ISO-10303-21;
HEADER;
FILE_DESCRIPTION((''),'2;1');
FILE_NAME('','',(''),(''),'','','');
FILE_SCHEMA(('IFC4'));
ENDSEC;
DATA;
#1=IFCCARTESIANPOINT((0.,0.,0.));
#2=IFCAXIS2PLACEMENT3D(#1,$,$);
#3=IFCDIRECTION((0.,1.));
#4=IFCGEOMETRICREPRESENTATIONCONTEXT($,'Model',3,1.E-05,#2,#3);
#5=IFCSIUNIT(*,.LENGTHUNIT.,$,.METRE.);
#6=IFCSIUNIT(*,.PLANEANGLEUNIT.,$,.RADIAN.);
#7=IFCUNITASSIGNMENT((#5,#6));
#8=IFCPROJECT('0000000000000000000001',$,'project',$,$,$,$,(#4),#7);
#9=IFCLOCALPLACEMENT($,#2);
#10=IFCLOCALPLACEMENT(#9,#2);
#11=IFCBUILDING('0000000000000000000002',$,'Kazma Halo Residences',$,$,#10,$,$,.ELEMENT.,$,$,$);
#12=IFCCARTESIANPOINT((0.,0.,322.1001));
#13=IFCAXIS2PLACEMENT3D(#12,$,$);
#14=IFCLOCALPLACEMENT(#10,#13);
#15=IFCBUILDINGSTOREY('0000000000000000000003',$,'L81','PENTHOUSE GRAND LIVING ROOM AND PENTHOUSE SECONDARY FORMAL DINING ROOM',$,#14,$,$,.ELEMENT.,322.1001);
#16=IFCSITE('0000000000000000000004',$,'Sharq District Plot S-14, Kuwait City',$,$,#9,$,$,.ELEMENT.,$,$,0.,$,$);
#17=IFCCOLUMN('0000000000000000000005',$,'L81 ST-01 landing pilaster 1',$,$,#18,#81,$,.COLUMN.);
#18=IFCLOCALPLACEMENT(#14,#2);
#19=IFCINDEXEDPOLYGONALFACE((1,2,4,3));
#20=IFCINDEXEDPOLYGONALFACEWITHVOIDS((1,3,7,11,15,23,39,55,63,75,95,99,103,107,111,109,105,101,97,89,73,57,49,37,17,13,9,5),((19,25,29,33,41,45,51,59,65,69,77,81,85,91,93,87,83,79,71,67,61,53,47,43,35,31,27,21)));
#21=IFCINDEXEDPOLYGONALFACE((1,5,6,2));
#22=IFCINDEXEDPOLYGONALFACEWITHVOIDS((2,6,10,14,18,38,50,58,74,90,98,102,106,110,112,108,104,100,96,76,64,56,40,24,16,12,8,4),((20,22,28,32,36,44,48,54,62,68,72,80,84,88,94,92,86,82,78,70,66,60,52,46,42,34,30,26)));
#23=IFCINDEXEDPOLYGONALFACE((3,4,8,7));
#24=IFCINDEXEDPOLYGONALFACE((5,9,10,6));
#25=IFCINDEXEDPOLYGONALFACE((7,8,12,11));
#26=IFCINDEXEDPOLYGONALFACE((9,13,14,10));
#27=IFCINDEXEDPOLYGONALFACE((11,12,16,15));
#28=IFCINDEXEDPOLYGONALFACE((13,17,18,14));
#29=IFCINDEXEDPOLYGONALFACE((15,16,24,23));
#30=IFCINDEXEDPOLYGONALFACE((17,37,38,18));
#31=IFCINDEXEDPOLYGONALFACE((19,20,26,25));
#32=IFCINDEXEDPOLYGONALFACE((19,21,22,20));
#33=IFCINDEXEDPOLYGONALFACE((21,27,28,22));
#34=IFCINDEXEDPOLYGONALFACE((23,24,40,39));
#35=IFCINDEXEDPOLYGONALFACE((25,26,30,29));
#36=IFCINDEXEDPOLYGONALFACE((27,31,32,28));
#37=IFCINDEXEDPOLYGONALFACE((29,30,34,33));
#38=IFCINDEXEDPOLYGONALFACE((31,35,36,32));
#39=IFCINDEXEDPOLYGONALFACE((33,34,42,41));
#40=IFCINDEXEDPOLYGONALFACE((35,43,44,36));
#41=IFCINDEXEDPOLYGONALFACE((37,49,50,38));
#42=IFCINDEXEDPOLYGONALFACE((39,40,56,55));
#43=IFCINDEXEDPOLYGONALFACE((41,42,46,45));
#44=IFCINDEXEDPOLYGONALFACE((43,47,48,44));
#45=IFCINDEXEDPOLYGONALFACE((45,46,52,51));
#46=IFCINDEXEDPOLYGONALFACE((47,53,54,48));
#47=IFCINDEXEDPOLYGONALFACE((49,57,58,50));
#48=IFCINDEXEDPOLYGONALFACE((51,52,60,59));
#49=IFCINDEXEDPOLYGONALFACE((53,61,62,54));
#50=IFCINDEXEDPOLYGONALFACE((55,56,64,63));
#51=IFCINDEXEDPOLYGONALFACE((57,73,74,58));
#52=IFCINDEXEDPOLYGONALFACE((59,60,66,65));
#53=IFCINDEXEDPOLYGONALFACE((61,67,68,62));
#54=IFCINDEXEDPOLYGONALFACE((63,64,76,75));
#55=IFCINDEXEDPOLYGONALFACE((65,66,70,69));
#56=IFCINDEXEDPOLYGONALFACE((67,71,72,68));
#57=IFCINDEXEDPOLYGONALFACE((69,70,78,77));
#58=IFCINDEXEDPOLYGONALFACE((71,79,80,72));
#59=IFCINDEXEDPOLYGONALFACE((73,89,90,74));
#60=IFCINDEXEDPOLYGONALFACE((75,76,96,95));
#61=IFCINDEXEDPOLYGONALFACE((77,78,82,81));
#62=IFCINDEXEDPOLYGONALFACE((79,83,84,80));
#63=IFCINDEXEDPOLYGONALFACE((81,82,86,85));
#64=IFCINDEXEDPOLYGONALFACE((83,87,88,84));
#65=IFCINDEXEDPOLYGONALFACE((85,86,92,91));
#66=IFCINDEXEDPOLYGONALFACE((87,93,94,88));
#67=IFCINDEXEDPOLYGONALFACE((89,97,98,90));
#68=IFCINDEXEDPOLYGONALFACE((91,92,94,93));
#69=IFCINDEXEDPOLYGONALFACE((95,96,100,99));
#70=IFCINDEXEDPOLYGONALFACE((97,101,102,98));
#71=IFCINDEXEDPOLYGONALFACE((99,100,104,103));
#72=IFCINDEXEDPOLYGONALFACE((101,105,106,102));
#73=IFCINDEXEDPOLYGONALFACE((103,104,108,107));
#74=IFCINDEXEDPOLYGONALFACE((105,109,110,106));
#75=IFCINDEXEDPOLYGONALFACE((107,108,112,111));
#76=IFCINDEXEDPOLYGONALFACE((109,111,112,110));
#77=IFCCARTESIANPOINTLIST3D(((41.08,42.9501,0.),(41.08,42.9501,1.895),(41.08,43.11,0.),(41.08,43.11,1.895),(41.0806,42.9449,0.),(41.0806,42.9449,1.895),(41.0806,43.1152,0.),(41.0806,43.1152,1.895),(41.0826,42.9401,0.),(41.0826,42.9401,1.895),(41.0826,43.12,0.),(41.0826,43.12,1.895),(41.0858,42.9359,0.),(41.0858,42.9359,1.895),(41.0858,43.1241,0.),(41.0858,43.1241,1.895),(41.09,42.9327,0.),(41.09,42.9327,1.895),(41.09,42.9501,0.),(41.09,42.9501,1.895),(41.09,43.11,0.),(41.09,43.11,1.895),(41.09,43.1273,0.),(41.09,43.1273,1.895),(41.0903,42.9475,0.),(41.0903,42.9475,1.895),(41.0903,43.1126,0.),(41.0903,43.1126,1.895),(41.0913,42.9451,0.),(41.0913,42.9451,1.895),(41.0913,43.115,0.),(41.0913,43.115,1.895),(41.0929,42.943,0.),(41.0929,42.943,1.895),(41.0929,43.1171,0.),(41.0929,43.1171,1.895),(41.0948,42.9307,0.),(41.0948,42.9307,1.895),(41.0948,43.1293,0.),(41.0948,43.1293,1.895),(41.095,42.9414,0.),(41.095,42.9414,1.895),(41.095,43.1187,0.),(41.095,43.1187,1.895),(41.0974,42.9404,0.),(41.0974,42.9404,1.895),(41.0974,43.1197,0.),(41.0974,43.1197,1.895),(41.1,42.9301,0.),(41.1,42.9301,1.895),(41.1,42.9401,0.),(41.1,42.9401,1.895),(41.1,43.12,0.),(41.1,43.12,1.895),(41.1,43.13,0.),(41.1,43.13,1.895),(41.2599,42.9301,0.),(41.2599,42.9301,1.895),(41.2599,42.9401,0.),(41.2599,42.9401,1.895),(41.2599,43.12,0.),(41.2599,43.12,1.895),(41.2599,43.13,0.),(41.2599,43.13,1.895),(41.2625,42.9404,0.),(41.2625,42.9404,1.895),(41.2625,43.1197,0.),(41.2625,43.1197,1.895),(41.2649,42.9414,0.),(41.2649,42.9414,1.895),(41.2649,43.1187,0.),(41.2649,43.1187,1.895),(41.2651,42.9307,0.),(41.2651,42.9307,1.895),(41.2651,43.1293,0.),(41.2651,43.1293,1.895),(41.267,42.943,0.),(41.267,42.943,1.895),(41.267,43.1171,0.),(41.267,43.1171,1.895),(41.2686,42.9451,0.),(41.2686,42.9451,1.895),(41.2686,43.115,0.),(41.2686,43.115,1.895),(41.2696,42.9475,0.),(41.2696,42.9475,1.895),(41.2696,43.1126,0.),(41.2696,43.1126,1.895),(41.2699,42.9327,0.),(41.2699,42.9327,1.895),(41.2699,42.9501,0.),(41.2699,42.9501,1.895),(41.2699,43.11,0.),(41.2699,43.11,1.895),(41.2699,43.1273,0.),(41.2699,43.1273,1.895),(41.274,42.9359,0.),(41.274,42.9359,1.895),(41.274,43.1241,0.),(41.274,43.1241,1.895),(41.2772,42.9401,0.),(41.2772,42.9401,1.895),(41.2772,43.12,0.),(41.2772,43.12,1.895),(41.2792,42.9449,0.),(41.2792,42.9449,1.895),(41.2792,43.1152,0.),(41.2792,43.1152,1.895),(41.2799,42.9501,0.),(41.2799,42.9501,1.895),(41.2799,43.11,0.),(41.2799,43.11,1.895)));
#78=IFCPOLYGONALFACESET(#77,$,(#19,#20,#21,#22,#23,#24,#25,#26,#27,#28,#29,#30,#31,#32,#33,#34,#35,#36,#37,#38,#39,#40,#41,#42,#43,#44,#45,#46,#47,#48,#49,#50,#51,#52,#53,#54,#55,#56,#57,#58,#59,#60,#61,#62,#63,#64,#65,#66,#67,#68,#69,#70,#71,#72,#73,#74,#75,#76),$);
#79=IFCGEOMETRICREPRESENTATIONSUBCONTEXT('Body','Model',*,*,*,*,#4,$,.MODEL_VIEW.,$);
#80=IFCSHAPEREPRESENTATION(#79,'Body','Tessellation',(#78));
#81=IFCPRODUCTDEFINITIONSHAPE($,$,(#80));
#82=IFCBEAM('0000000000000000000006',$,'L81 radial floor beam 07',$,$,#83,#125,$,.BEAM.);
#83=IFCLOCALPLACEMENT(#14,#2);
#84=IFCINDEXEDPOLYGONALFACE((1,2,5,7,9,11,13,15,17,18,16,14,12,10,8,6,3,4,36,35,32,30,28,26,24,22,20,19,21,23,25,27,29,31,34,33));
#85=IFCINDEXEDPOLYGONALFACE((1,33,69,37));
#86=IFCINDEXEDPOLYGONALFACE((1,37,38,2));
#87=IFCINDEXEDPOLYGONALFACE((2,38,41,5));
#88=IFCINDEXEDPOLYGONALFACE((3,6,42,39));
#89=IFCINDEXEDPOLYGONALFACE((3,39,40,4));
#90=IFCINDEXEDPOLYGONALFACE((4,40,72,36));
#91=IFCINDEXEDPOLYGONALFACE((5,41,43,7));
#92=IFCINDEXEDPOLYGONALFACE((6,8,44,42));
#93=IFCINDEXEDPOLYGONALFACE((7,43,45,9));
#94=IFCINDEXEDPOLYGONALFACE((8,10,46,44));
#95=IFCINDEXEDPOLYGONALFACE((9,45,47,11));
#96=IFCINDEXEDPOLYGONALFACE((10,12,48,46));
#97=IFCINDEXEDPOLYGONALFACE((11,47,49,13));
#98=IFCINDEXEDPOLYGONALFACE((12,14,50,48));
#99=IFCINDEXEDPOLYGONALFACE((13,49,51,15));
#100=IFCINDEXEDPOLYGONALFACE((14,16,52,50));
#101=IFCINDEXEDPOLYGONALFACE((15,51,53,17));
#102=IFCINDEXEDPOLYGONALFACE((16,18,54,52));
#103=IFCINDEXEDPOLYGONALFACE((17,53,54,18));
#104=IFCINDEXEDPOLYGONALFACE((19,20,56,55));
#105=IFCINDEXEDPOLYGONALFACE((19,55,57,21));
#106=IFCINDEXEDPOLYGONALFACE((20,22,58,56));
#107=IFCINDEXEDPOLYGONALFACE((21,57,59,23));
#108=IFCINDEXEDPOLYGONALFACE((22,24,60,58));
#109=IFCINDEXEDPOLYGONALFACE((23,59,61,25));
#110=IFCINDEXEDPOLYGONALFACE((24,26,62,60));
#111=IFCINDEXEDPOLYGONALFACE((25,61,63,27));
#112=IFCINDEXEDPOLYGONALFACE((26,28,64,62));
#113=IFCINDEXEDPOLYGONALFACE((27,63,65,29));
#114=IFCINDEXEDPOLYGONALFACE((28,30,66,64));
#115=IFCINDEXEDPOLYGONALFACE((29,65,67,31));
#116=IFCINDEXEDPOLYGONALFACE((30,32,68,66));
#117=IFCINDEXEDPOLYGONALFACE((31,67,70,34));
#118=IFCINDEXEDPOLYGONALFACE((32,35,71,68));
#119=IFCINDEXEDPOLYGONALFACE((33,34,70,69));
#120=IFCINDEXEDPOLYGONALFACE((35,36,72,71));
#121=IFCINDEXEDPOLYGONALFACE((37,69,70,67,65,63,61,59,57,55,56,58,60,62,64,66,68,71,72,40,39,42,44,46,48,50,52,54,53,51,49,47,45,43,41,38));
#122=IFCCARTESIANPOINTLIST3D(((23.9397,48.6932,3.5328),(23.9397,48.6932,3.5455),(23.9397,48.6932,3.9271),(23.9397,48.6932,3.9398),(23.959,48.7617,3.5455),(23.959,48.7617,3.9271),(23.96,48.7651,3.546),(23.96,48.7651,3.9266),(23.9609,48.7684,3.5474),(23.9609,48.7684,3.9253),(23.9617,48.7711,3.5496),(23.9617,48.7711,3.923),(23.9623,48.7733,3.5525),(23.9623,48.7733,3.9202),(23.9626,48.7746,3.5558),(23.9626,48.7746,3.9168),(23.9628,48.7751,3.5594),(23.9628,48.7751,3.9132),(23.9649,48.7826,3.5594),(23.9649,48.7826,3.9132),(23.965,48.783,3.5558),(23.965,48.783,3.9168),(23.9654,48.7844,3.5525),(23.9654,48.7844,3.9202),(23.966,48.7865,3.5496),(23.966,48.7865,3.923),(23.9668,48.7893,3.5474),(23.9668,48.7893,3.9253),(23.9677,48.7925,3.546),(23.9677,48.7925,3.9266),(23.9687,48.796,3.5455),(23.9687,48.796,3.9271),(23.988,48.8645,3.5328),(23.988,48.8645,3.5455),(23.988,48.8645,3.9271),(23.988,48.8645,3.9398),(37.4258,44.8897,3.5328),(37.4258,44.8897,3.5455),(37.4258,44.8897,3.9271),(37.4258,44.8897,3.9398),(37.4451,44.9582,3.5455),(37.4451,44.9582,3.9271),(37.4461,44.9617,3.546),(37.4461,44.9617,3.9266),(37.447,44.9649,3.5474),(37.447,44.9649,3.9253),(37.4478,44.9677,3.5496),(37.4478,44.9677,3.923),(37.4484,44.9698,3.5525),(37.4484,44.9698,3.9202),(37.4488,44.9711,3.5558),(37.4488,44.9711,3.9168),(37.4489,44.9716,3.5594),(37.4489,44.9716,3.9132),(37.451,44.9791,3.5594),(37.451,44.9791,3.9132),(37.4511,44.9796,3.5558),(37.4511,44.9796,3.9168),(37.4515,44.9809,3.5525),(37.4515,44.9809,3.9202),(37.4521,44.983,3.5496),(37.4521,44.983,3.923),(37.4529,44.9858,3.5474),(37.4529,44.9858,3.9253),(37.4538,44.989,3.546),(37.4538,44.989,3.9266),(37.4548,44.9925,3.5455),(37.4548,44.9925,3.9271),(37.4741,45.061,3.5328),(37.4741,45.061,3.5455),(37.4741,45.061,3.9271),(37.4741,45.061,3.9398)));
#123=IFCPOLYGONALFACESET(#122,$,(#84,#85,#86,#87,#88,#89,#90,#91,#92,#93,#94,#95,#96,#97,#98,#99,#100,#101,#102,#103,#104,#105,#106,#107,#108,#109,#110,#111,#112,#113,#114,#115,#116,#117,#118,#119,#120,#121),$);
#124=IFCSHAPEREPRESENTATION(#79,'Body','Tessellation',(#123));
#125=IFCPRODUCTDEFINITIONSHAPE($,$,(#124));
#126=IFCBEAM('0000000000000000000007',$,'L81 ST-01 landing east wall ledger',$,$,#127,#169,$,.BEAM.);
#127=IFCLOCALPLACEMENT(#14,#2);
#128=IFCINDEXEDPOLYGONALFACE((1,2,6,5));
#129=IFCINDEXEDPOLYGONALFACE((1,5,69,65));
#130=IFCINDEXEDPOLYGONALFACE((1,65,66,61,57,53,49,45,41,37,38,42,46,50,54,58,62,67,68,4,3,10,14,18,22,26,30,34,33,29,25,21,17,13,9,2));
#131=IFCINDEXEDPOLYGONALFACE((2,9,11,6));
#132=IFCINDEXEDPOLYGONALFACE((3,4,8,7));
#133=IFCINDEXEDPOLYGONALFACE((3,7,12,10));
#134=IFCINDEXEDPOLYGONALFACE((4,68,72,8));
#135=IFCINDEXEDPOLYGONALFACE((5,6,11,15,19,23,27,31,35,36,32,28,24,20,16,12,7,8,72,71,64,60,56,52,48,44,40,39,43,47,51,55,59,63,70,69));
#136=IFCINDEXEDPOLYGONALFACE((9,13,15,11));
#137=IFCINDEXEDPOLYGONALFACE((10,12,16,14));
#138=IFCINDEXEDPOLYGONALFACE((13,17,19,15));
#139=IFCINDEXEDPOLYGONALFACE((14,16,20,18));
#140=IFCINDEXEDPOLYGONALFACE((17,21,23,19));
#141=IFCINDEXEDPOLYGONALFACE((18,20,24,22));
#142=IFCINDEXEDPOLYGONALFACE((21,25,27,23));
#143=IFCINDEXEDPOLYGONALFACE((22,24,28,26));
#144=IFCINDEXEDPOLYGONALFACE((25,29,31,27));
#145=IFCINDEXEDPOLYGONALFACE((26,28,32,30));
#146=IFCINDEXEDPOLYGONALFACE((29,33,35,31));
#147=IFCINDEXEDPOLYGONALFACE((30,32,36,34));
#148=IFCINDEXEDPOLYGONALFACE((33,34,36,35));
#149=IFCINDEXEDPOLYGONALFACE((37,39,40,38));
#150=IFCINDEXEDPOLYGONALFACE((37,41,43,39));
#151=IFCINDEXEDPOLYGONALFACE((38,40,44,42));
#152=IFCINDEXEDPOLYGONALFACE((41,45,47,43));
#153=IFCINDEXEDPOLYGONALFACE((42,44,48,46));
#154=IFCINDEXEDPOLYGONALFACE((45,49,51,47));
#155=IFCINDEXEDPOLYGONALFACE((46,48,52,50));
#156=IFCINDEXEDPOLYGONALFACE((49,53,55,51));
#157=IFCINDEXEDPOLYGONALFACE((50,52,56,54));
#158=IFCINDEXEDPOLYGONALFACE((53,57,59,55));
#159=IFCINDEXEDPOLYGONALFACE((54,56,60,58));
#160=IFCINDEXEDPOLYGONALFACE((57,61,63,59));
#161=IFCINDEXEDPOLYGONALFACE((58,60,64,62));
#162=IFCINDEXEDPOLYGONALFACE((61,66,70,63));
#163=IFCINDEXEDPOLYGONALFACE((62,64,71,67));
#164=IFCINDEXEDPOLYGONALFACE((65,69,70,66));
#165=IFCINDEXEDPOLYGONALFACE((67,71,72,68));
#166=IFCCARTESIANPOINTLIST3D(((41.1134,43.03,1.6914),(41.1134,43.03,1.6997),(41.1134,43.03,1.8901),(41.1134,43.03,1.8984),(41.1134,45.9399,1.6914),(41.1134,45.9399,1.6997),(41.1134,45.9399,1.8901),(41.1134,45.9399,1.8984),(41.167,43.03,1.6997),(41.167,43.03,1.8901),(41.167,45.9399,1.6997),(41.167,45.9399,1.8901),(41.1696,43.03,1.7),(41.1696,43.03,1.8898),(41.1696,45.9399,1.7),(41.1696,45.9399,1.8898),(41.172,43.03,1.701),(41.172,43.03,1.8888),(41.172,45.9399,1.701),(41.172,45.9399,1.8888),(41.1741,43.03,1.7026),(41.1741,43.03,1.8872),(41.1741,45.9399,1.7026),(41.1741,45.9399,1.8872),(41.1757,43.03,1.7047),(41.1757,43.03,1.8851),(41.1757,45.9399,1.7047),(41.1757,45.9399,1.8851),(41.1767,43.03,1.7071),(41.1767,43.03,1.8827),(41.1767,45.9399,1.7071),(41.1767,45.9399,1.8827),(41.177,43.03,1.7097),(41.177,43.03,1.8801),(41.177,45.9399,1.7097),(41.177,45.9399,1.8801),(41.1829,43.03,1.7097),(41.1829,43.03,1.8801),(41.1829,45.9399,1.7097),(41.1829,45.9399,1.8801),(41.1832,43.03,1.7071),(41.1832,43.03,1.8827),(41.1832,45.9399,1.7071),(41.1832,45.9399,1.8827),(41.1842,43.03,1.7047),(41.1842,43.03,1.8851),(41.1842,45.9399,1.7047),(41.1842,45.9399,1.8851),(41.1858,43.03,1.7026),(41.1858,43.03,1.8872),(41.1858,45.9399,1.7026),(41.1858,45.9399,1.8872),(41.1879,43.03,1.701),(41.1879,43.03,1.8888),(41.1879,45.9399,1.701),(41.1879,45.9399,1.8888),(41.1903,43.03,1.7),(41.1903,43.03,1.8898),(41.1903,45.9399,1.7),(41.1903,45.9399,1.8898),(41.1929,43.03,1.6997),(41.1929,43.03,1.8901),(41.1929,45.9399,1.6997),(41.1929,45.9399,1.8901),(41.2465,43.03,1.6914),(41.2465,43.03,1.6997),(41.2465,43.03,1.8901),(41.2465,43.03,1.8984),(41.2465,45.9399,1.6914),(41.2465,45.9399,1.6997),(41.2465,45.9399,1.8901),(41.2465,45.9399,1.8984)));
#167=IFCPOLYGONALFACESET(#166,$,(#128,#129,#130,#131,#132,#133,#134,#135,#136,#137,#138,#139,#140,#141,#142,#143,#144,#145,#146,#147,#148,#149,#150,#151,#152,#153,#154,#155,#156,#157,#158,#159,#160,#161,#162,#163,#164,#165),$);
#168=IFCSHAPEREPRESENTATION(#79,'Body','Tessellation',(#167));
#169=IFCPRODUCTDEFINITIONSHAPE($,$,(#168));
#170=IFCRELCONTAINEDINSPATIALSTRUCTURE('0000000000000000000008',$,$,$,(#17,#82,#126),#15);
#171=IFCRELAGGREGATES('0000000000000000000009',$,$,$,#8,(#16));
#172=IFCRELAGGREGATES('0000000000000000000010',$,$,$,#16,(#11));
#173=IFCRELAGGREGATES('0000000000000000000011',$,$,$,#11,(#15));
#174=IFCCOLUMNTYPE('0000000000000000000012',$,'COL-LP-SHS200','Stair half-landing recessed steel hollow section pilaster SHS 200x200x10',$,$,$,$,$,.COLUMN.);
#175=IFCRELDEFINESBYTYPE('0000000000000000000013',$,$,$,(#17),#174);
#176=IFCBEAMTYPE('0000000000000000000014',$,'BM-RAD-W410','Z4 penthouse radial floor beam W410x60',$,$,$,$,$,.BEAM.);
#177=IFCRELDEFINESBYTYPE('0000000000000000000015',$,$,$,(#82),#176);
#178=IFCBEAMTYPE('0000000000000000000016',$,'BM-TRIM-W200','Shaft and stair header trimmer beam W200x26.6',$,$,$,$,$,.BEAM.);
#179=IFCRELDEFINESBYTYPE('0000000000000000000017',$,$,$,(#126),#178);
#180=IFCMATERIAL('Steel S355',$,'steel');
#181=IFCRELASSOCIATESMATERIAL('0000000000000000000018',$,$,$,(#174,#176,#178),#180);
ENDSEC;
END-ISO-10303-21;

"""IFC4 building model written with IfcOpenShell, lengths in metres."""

from ifc_helpers import new_model, si_unit, direction, frame, origin, origin_2d, place, context, subcontext, project, spatial, hollow_rectangle, i_section, extrude, material, material_profile, profile_set, type_object, element, save


model = new_model("IFC4")

# Units and contexts
model_context = context("Model", 3, precision=1e-05, world=origin(), true_north=direction((0.0, 1.0)))
body_context = subcontext(model_context, "Body", "Model", "MODEL_VIEW")
ifc_project = project(units=[si_unit("LENGTHUNIT", "METRE"), si_unit("PLANEANGLEUNIT", "RADIAN")], contexts=[model_context])

# Site, building, storey
site_placement = place(None, origin())
site = spatial("IfcSite", under=ifc_project, at=site_placement, Name="Sharq District Plot S-14, Kuwait City", CompositionType="ELEMENT", RefElevation=0.0)
building_placement = place(site_placement, origin())
building = spatial("IfcBuilding", under=site, at=building_placement, Name="Kazma Halo Residences", CompositionType="ELEMENT")
storey_placement = place(building_placement, frame((0.0, 0.0, 322.1001)))
storey = spatial("IfcBuildingStorey", under=building, at=storey_placement, Name="L81", Description="PENTHOUSE GRAND LIVING ROOM AND PENTHOUSE SECONDARY FORMAL DINING ROOM", CompositionType="ELEMENT", Elevation=322.1001)

# Column
ifc_material_1 = material(Name="Steel S355", Category="steel")
ifc_material_profile_1 = material_profile(ifc_material_1, hollow_rectangle(XDim=0.2, YDim=0.2, WallThickness=0.01, InnerFilletRadius=0.01, OuterFilletRadius=0.02, at=origin_2d()), Name="SHS200x200x10")
ifc_profile_set_1 = profile_set([ifc_material_profile_1], Name="Steel S355")
column_type = type_object("IfcColumnType", Name="COL-LP-SHS200", Description="Stair half-landing recessed steel hollow section pilaster SHS 200x200x10", PredefinedType="COLUMN", material=ifc_profile_set_1)
column_placement = place(storey_placement, frame((41.1799, 43.03, 0.0), z_axis=(0.0, 0.0, 1.0), x_axis=(1.0, 0.0, 0.0)))
element("IfcColumn", 1, at=column_placement, inside=storey, type_object=column_type, Name="L81 ST-01 landing pilaster 1", PredefinedType="COLUMN", context=body_context, shape_type="SweptSolid", body=[
    extrude(hollow_rectangle(XDim=0.2, YDim=0.2, WallThickness=0.01, InnerFilletRadius=0.01, OuterFilletRadius=0.02, at=origin_2d()), origin(), (0.0, 0.0, 1.0), 1.895),
])

# Beams
ifc_material_profile_2 = material_profile(ifc_material_1, i_section(OverallWidth=0.178, OverallDepth=0.407, WebThickness=0.0078, FlangeThickness=0.0127, FilletRadius=0.0139, at=origin_2d()), Name="W410x60")
ifc_profile_set_2 = profile_set([ifc_material_profile_2], Name="Steel S355")
beam_type_1 = type_object("IfcBeamType", Name="BM-RAD-W410", Description="Z4 penthouse radial floor beam W410x60", PredefinedType="BEAM", material=ifc_profile_set_2)
beam_1_placement = place(storey_placement, frame((37.45, 44.9753, 3.7363), z_axis=(-0.962455, 0.27144, 0.0), x_axis=(-0.27144, -0.962455, 0.0)))
element("IfcBeam", 2, at=beam_1_placement, inside=storey, type_object=beam_type_1, Name="L81 radial floor beam 07", PredefinedType="BEAM", context=body_context, shape_type="SweptSolid", body=[
    extrude(i_section(OverallWidth=0.178, OverallDepth=0.407, WebThickness=0.0078, FlangeThickness=0.0127, FilletRadius=0.0139, at=origin_2d()), origin(), (0.0, 0.0, 1.0), 14.0122),
])
ifc_material_profile_3 = material_profile(ifc_material_1, i_section(OverallWidth=0.1331, OverallDepth=0.207, WebThickness=0.0059, FlangeThickness=0.0083, FilletRadius=0.01, at=origin_2d()), Name="W200x26.6")
ifc_profile_set_3 = profile_set([ifc_material_profile_3], Name="Steel S355")
beam_type_2 = type_object("IfcBeamType", Name="BM-TRIM-W200", Description="Shaft and stair header trimmer beam W200x26.6", PredefinedType="BEAM", material=ifc_profile_set_3)
beam_2_placement = place(storey_placement, frame((41.1799, 43.03, 1.7949), z_axis=(0.0, 1.0, 0.0), x_axis=(-1.0, 0.0, 0.0)))
element("IfcBeam", 3, at=beam_2_placement, inside=storey, type_object=beam_type_2, Name="L81 ST-01 landing east wall ledger", PredefinedType="BEAM", context=body_context, shape_type="SweptSolid", body=[
    extrude(i_section(OverallWidth=0.1331, OverallDepth=0.207, WebThickness=0.0059, FlangeThickness=0.0083, FilletRadius=0.01, at=origin_2d()), origin(), (0.0, 0.0, 1.0), 2.9099),
])

save(model, "model.ifc")
